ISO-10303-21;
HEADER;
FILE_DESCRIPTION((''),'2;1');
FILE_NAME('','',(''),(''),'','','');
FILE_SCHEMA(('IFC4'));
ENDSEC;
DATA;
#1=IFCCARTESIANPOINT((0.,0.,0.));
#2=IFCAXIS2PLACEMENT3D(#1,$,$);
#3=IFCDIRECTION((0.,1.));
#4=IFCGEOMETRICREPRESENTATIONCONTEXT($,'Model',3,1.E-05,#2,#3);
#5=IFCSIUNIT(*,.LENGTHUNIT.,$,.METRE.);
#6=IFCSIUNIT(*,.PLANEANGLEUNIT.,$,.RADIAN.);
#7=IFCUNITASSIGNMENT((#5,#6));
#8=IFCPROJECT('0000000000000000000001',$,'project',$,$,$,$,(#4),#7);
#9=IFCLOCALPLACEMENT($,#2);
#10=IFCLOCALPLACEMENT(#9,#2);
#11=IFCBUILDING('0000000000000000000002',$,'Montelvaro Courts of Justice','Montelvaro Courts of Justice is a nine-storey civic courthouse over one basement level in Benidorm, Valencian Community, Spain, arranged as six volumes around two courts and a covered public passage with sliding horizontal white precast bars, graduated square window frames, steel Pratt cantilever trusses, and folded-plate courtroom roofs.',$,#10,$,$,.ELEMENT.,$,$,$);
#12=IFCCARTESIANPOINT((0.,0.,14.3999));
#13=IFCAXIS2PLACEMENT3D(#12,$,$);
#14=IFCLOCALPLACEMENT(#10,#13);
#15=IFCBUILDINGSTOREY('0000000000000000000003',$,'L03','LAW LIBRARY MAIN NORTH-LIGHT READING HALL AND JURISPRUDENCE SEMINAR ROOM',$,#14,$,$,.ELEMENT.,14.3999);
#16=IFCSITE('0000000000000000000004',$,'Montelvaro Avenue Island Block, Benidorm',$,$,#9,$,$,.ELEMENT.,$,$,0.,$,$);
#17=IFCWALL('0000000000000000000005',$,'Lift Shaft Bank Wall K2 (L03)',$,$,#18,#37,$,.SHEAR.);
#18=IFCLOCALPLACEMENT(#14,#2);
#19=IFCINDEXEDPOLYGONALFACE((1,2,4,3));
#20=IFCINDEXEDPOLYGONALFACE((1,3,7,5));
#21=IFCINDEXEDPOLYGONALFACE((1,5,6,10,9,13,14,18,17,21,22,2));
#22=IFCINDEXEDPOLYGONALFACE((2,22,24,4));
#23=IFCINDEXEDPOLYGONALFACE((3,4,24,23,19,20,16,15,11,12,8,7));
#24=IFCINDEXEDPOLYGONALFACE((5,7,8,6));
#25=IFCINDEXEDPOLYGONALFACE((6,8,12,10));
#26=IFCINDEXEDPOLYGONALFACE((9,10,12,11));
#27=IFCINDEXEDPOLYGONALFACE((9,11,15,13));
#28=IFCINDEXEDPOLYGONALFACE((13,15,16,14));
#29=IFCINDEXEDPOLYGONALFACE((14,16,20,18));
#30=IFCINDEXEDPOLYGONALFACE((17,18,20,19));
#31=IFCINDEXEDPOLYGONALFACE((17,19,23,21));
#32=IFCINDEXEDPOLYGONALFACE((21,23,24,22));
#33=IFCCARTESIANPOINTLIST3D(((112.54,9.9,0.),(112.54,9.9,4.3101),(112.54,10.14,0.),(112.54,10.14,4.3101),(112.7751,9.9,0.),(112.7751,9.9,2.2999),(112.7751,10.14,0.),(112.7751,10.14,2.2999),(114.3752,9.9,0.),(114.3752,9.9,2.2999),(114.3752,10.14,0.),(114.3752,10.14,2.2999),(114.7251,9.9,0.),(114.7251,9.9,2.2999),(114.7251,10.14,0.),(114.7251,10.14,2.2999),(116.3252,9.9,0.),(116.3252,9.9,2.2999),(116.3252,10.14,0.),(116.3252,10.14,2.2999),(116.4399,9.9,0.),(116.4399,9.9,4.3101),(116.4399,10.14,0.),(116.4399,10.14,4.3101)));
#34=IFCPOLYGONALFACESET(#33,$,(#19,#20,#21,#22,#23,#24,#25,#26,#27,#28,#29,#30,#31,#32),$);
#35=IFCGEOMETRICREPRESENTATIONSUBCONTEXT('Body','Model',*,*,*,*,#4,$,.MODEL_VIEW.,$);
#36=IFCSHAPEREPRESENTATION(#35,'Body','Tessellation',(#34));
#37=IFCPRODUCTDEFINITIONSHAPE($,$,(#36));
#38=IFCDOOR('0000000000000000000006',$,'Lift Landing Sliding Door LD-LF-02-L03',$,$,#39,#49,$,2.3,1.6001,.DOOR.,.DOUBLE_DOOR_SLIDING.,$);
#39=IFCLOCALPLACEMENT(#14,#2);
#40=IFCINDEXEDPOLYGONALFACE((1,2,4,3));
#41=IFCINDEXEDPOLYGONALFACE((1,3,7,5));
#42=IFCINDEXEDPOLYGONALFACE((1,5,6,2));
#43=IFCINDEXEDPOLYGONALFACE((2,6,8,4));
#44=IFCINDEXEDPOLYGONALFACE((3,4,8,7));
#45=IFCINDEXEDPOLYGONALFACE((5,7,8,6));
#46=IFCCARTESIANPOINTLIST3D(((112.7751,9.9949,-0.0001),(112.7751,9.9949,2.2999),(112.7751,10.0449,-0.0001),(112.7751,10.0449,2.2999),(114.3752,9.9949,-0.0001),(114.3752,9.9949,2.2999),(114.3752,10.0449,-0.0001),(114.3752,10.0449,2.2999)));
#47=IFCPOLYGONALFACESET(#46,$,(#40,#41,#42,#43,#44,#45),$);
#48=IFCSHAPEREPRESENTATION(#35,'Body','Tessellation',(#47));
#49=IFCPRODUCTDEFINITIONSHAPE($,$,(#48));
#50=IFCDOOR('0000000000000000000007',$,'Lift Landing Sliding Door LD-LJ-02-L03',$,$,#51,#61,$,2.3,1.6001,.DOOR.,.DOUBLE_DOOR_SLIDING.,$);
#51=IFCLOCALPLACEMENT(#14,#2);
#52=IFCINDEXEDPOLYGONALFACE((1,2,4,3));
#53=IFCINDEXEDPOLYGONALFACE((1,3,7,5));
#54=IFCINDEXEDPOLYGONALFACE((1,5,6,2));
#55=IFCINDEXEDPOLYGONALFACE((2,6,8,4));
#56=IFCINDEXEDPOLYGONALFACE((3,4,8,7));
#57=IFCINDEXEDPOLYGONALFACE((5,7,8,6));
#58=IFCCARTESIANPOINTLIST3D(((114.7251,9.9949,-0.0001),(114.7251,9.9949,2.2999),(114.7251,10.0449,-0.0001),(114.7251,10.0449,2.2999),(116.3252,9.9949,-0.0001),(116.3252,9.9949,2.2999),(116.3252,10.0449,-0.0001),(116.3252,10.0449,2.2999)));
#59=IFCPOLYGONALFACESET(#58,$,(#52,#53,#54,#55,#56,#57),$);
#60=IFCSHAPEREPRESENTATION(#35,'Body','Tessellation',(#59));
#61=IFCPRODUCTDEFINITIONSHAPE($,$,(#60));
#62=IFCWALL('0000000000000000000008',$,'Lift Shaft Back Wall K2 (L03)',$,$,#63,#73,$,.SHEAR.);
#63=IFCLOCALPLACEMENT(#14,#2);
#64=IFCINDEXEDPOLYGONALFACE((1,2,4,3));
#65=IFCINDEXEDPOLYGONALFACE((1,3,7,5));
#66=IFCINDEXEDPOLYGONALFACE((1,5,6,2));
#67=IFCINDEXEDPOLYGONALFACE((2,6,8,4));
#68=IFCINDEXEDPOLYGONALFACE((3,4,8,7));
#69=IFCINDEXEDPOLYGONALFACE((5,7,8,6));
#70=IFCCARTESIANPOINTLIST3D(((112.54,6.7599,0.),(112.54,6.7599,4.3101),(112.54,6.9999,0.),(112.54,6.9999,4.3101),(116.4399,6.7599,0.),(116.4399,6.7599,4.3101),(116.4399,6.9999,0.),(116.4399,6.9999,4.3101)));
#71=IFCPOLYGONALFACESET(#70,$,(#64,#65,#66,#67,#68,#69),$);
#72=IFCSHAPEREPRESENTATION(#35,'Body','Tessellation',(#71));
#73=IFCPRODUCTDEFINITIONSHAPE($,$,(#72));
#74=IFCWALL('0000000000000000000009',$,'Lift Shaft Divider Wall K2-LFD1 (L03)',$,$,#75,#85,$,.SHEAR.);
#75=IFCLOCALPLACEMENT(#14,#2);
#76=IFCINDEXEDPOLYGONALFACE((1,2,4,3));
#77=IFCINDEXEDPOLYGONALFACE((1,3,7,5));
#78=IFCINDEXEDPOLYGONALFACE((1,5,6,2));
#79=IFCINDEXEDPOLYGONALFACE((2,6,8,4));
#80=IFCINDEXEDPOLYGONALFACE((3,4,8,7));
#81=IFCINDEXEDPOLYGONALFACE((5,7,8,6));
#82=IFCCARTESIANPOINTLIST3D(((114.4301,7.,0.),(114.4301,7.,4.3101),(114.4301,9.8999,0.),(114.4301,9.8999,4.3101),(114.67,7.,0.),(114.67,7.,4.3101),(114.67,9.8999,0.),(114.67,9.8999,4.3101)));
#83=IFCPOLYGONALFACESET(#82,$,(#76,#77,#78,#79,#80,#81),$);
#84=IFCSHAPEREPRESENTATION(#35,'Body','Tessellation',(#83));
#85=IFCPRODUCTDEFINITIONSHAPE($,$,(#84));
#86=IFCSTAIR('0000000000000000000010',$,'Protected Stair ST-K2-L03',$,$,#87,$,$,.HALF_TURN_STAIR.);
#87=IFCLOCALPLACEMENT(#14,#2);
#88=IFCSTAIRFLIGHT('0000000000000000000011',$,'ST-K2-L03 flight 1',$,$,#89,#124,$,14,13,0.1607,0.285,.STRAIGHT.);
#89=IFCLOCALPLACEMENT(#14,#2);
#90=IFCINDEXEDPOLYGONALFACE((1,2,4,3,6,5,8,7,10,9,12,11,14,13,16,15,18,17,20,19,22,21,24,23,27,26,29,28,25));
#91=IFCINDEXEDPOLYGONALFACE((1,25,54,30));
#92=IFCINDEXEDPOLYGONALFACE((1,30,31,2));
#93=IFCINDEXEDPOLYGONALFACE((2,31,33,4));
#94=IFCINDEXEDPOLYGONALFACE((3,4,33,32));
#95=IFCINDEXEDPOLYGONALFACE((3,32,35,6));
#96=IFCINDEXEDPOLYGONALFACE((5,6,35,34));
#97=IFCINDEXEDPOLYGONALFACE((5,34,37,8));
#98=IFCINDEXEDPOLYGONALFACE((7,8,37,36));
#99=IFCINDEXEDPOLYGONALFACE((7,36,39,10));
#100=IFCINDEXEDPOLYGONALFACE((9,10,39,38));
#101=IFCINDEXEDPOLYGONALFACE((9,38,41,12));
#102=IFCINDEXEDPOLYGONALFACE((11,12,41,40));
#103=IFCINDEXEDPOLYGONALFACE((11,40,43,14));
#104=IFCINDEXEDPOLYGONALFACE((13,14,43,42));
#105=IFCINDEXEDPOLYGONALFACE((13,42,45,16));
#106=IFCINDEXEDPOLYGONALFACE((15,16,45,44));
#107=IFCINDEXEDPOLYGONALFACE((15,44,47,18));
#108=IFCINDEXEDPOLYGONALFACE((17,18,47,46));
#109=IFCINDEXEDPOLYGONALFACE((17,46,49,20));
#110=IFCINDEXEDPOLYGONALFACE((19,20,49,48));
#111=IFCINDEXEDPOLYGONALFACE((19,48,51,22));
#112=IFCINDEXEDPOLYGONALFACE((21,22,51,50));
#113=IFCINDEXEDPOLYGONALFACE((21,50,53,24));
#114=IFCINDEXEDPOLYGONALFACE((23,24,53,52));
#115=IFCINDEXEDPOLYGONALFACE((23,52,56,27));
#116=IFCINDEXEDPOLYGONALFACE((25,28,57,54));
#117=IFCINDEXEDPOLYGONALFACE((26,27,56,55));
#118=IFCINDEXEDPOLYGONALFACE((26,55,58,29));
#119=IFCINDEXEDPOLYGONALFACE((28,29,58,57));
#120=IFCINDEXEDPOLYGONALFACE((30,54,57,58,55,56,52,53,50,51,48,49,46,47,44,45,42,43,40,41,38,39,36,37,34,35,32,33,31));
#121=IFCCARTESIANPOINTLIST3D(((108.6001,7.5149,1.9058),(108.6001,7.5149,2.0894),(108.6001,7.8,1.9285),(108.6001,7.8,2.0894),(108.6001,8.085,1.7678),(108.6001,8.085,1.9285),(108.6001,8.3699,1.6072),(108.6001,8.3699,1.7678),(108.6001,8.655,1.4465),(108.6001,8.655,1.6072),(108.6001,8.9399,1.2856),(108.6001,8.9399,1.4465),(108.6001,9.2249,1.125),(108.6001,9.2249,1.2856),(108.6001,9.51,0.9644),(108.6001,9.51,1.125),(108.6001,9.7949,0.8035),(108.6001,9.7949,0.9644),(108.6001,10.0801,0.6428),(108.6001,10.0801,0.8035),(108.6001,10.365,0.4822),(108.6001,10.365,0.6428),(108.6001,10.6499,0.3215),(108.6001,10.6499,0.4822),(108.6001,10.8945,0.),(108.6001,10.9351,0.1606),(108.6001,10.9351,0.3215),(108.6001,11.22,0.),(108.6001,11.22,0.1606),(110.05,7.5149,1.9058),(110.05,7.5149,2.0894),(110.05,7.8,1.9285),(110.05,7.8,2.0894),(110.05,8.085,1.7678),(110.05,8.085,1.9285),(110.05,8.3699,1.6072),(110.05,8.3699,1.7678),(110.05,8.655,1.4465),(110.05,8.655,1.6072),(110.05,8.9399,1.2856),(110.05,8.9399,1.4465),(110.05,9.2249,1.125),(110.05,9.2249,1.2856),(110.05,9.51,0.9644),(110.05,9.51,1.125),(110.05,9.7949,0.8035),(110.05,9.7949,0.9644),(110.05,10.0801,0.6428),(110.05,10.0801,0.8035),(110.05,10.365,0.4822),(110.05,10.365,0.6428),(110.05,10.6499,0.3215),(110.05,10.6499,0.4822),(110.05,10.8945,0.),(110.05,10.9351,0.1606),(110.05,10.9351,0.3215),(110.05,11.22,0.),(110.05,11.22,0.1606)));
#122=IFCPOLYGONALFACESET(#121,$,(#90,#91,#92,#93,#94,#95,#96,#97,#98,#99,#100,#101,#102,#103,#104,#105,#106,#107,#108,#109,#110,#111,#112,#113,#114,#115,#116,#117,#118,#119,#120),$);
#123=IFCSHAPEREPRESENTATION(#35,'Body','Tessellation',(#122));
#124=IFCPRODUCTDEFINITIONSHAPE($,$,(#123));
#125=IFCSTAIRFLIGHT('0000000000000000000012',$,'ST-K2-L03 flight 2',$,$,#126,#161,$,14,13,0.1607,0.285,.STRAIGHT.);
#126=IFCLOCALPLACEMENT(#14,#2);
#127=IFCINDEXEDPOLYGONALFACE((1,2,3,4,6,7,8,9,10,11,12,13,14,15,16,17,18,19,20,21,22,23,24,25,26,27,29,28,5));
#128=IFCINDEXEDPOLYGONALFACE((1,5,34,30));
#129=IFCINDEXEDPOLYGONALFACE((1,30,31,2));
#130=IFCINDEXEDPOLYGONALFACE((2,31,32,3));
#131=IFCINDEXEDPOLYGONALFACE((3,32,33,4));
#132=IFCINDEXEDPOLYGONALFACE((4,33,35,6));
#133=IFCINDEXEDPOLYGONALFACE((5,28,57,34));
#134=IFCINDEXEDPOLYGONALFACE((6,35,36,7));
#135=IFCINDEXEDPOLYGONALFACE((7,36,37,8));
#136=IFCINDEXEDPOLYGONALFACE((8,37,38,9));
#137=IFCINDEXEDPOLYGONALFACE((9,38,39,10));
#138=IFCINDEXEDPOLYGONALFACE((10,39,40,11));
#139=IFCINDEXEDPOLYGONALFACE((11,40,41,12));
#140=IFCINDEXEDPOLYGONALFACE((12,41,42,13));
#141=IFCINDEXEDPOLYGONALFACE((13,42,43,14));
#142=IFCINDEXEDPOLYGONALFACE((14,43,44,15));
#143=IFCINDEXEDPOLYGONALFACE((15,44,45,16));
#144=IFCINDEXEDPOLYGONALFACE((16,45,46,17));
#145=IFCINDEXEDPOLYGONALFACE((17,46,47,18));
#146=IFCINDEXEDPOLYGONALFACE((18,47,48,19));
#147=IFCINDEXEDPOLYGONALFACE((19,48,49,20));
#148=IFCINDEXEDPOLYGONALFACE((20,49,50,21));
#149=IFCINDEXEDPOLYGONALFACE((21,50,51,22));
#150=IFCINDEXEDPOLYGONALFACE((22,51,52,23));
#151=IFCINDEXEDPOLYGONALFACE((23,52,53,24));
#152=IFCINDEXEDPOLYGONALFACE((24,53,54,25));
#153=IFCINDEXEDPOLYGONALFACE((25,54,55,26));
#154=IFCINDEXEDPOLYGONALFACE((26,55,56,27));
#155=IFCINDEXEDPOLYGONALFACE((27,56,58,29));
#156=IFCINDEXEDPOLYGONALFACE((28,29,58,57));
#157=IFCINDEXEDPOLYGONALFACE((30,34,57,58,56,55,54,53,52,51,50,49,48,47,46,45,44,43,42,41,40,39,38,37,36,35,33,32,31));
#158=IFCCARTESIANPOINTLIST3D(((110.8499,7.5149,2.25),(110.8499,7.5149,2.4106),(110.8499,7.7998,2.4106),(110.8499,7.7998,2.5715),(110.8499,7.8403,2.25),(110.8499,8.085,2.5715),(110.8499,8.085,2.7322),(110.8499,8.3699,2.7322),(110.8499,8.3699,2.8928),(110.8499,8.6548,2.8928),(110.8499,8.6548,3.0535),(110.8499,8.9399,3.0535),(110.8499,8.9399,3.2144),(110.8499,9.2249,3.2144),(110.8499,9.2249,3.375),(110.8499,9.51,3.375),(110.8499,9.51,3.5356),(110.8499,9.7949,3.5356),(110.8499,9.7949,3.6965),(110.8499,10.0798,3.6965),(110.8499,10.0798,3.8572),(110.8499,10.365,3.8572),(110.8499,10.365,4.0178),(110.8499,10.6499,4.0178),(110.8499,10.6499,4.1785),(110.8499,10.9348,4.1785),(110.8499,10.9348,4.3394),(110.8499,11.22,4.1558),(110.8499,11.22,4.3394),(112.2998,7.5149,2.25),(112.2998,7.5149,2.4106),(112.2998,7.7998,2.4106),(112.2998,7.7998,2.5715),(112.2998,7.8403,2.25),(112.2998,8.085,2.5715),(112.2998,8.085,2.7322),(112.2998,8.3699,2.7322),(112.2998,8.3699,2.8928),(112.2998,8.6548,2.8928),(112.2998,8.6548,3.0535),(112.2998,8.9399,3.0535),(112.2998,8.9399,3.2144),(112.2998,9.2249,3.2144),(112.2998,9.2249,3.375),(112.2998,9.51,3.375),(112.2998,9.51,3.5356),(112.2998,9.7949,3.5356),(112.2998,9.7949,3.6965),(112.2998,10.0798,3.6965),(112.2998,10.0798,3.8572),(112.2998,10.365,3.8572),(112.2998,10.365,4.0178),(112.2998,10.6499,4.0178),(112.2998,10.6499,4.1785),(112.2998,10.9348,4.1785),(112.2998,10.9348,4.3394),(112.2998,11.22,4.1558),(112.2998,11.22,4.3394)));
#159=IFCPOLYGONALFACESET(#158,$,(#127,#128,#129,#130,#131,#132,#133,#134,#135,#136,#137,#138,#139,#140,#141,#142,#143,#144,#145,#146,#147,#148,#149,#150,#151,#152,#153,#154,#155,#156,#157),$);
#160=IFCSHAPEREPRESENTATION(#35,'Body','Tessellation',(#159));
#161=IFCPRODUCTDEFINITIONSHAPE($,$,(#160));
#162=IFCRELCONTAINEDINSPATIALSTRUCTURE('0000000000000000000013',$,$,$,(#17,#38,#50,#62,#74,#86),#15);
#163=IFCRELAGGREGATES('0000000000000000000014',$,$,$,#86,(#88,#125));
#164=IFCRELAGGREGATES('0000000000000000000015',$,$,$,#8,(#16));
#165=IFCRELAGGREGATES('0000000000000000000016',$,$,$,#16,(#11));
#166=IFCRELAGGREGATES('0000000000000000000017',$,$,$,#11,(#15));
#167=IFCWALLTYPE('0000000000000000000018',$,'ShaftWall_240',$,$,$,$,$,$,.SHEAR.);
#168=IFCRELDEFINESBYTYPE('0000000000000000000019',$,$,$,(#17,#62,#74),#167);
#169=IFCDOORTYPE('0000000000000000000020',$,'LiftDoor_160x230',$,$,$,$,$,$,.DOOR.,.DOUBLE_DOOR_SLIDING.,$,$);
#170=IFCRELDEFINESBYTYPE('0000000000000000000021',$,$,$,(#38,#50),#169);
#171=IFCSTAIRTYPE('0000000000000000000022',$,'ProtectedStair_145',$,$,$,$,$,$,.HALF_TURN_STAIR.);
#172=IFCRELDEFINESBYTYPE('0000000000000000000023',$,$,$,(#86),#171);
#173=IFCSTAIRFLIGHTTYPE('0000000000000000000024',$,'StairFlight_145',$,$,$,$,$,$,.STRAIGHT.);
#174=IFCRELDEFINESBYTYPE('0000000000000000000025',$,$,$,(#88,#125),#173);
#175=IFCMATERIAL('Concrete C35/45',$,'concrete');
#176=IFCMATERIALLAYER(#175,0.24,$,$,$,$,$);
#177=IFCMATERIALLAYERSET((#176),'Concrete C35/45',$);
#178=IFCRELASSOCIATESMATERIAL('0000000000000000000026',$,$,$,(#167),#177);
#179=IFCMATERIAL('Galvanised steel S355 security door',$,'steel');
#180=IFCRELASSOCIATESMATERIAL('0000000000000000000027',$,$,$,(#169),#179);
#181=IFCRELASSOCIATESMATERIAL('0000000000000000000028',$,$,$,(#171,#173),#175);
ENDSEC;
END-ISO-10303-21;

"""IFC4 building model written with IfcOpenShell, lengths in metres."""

from ifc_helpers import new_model, si_unit, direction, frame, frame_2d, origin, place, context, subcontext, project, spatial, polyline, rectangle, outline, extrude, material, layer, layer_set, type_object, element, fill, aggregate, save


model = new_model("IFC4")

# Units and contexts
model_context = context("Model", 3, precision=1e-05, world=origin(), true_north=direction((0.0, 1.0)))
body_context = subcontext(model_context, "Body", "Model", "MODEL_VIEW")
ifc_project = project(units=[si_unit("LENGTHUNIT", "METRE"), si_unit("PLANEANGLEUNIT", "RADIAN")], contexts=[model_context])

# Site, building, storey
site_placement = place(None, origin())
site = spatial("IfcSite", under=ifc_project, at=site_placement, Name="Montelvaro Avenue Island Block, Benidorm", CompositionType="ELEMENT", RefElevation=0.0)
building_placement = place(site_placement, origin())
building = spatial("IfcBuilding", under=site, at=building_placement, Name="Montelvaro Courts of Justice", Description="Montelvaro Courts of Justice is a nine-storey civic courthouse over one basement level in Benidorm, Valencian Community, Spain, arranged as six volumes around two courts and a covered public passage with sliding horizontal white precast bars, graduated square window frames, steel Pratt cantilever trusses, and folded-plate courtroom roofs.", CompositionType="ELEMENT")
storey_placement = place(building_placement, frame((0.0, 0.0, 14.3999)))
storey = spatial("IfcBuildingStorey", under=building, at=storey_placement, Name="L03", Description="LAW LIBRARY MAIN NORTH-LIGHT READING HALL AND JURISPRUDENCE SEMINAR ROOM", CompositionType="ELEMENT", Elevation=14.3999)

# Shared definitions
ifc_material_1 = material(Name="Galvanised steel S355 security door", Category="steel")

# Shared definitions
ifc_material_2 = material(Name="Concrete C35/45", Category="concrete")
ifc_layer_1 = layer(ifc_material_2, 0.24)
ifc_layer_set_1 = layer_set([ifc_layer_1], Name="Concrete C35/45")
wall_type_1 = type_object("IfcWallType", Name="ShaftWall_240", PredefinedType="SHEAR", material=ifc_layer_set_1)

# Wall, openings, doors
wall_1_placement = place(storey_placement, frame((112.54, 10.02, 0.0), z_axis=(0.0, 0.0, 1.0), x_axis=(1.0, 0.0, 0.0)))
wall_1 = element("IfcWall", 1, at=wall_1_placement, inside=storey, type_object=wall_type_1, Name="Lift Shaft Bank Wall K2 (L03)", PredefinedType="SHEAR", context=body_context, shape_type="SweptSolid", body=[
    extrude(rectangle(XDim=3.8999, YDim=0.24, at=frame_2d((1.95, 0.0))), origin(), (0.0, 0.0, 1.0), 4.3101),
])
opening_1_placement = place(wall_1_placement, frame((0.2351, 0.0, 0.0)))
opening_1 = element("IfcOpeningElement", 2, at=opening_1_placement, cuts=wall_1, PredefinedType="OPENING", context=body_context, shape_type="SweptSolid", body=[
    extrude(rectangle(XDim=1.6001, YDim=2.3, at=frame_2d((0.8, 1.1499))), frame((0.0, 0.1348, 0.0), z_axis=(0.0, -1.0, 0.0), x_axis=(1.0, 0.0, 0.0)), (0.0, 0.0, 1.0), 0.2698),
])
opening_2_placement = place(wall_1_placement, frame((2.1851, 0.0, 0.0)))
opening_2 = element("IfcOpeningElement", 3, at=opening_2_placement, cuts=wall_1, PredefinedType="OPENING", context=body_context, shape_type="SweptSolid", body=[
    extrude(rectangle(XDim=1.6001, YDim=2.3, at=frame_2d((0.8, 1.1499))), frame((0.0, 0.1348, 0.0), z_axis=(0.0, -1.0, 0.0), x_axis=(1.0, 0.0, 0.0)), (0.0, 0.0, 1.0), 0.2698),
])
door_type_1 = type_object("IfcDoorType", Name="LiftDoor_160x230", OperationType="DOUBLE_DOOR_SLIDING", PredefinedType="DOOR", material=ifc_material_1)
door_1_placement = place(opening_1_placement, origin())
door_1 = element("IfcDoor", 4, at=door_1_placement, inside=storey, type_object=door_type_1, Name="Lift Landing Sliding Door LD-LF-02-L03", OperationType="DOUBLE_DOOR_SLIDING", OverallHeight=2.3, OverallWidth=1.6001, PredefinedType="DOOR", context=body_context, shape_type="SweptSolid", body=[
    extrude(rectangle(XDim=1.6001, YDim=2.3, at=frame_2d((0.8, 1.1499))), frame((0.0, 0.0249, 0.0), z_axis=(0.0, -1.0, 0.0), x_axis=(1.0, 0.0, 0.0)), (0.0, 0.0, 1.0), 0.05),
])
fill(opening_1, door_1)
door_2_placement = place(opening_2_placement, origin())
door_2 = element("IfcDoor", 5, at=door_2_placement, inside=storey, type_object=door_type_1, Name="Lift Landing Sliding Door LD-LJ-02-L03", OperationType="DOUBLE_DOOR_SLIDING", OverallHeight=2.3, OverallWidth=1.6001, PredefinedType="DOOR", context=body_context, shape_type="SweptSolid", body=[
    extrude(rectangle(XDim=1.6001, YDim=2.3, at=frame_2d((0.8, 1.1499))), frame((0.0, 0.0249, 0.0), z_axis=(0.0, -1.0, 0.0), x_axis=(1.0, 0.0, 0.0)), (0.0, 0.0, 1.0), 0.05),
])
fill(opening_2, door_2)

# Walls
wall_2_placement = place(storey_placement, frame((112.54, 6.8799, 0.0), z_axis=(0.0, 0.0, 1.0), x_axis=(1.0, 0.0, 0.0)))
element("IfcWall", 6, at=wall_2_placement, inside=storey, type_object=wall_type_1, Name="Lift Shaft Back Wall K2 (L03)", PredefinedType="SHEAR", context=body_context, shape_type="SweptSolid", body=[
    extrude(rectangle(XDim=3.8999, YDim=0.24, at=frame_2d((1.95, 0.0))), origin(), (0.0, 0.0, 1.0), 4.3101),
])
wall_3_placement = place(storey_placement, frame((114.55, 7.0, 0.0), z_axis=(0.0, 0.0, 1.0), x_axis=(0.0, 1.0, 0.0)))
element("IfcWall", 7, at=wall_3_placement, inside=storey, type_object=wall_type_1, Name="Lift Shaft Divider Wall K2-LFD1 (L03)", PredefinedType="SHEAR", context=body_context, shape_type="SweptSolid", body=[
    extrude(rectangle(XDim=2.8999, YDim=0.24, at=frame_2d((1.45, 0.0))), origin(), (0.0, 0.0, 1.0), 4.3101),
])

# Stair, stair flights
stair_type = type_object("IfcStairType", Name="ProtectedStair_145", PredefinedType="HALF_TURN_STAIR", material=ifc_material_2)
stair_placement = place(storey_placement, origin())
stair = element("IfcStair", 8, at=stair_placement, inside=storey, type_object=stair_type, Name="Protected Stair ST-K2-L03", PredefinedType="HALF_TURN_STAIR")
stair_flight_type = type_object("IfcStairFlightType", Name="StairFlight_145", PredefinedType="STRAIGHT", material=ifc_material_2)
stair_flight_1_placement = place(storey_placement, frame((109.325, 11.22, 0.0), z_axis=(0.0, 0.0, 1.0), x_axis=(0.0, -1.0, 0.0)))
stair_flight_1 = element("IfcStairFlight", 9, at=stair_flight_1_placement, type_object=stair_flight_type, Name="ST-K2-L03 flight 1", NumberOfRisers=14, NumberOfTreads=13, PredefinedType="STRAIGHT", RiserHeight=0.1607, TreadLength=0.285, context=body_context, shape_type="SweptSolid", body=[
    extrude(outline(polyline([(0.0, 0.0), (0.0, 0.1606), (0.2849, 0.1606), (0.2849, 0.3215), (0.5701, 0.3215), (0.5701, 0.4822), (0.855, 0.4822), (0.855, 0.6428), (1.1399, 0.6428), (1.1399, 0.8035), (1.425, 0.8035), (1.425, 0.9644), (1.71, 0.9644), (1.71, 1.125), (1.9951, 1.125), (1.9951, 1.2856), (2.28, 1.2856), (2.28, 1.4465), (2.5649, 1.4465), (2.5649, 1.6072), (2.8501, 1.6072), (2.8501, 1.7678), (3.135, 1.7678), (3.135, 1.9285), (3.4199, 1.9285), (3.4199, 2.0894), (3.7051, 2.0894), (3.7051, 2.25), (3.7051, 1.9058), (0.3254, 0.0), (0.0, 0.0)])), frame((0.0, 0.7251, 0.0), z_axis=(0.0, -1.0, 0.0), x_axis=(1.0, 0.0, 0.0)), (0.0, 0.0, 1.0), 1.45),
])
stair_flight_2_placement = place(storey_placement, frame((111.575, 7.5149, 2.25), z_axis=(0.0, 0.0, 1.0), x_axis=(0.0, 1.0, 0.0)))
stair_flight_2 = element("IfcStairFlight", 10, at=stair_flight_2_placement, type_object=stair_flight_type, Name="ST-K2-L03 flight 2", NumberOfRisers=14, NumberOfTreads=13, PredefinedType="STRAIGHT", RiserHeight=0.1607, TreadLength=0.285, context=body_context, shape_type="SweptSolid", body=[
    extrude(outline(polyline([(0.0, 0.0), (0.0, 0.1606), (0.2849, 0.1606), (0.2849, 0.3215), (0.5701, 0.3215), (0.5701, 0.4822), (0.855, 0.4822), (0.855, 0.6428), (1.1399, 0.6428), (1.1399, 0.8035), (1.425, 0.8035), (1.425, 0.9644), (1.71, 0.9644), (1.71, 1.125), (1.9951, 1.125), (1.9951, 1.2856), (2.28, 1.2856), (2.28, 1.4465), (2.5649, 1.4465), (2.5649, 1.6072), (2.8501, 1.6072), (2.8501, 1.7678), (3.135, 1.7678), (3.135, 1.9285), (3.4199, 1.9285), (3.4199, 2.0894), (3.7051, 2.0894), (3.7051, 2.25), (3.7051, 1.9058), (0.3254, 0.0), (0.0, 0.0)])), frame((0.0, 0.7251, 0.0), z_axis=(0.0, -1.0, 0.0), x_axis=(1.0, 0.0, 0.0)), (0.0, 0.0, 1.0), 1.45),
])
aggregate(stair, [stair_flight_1, stair_flight_2])

save(model, "model.ifc")
